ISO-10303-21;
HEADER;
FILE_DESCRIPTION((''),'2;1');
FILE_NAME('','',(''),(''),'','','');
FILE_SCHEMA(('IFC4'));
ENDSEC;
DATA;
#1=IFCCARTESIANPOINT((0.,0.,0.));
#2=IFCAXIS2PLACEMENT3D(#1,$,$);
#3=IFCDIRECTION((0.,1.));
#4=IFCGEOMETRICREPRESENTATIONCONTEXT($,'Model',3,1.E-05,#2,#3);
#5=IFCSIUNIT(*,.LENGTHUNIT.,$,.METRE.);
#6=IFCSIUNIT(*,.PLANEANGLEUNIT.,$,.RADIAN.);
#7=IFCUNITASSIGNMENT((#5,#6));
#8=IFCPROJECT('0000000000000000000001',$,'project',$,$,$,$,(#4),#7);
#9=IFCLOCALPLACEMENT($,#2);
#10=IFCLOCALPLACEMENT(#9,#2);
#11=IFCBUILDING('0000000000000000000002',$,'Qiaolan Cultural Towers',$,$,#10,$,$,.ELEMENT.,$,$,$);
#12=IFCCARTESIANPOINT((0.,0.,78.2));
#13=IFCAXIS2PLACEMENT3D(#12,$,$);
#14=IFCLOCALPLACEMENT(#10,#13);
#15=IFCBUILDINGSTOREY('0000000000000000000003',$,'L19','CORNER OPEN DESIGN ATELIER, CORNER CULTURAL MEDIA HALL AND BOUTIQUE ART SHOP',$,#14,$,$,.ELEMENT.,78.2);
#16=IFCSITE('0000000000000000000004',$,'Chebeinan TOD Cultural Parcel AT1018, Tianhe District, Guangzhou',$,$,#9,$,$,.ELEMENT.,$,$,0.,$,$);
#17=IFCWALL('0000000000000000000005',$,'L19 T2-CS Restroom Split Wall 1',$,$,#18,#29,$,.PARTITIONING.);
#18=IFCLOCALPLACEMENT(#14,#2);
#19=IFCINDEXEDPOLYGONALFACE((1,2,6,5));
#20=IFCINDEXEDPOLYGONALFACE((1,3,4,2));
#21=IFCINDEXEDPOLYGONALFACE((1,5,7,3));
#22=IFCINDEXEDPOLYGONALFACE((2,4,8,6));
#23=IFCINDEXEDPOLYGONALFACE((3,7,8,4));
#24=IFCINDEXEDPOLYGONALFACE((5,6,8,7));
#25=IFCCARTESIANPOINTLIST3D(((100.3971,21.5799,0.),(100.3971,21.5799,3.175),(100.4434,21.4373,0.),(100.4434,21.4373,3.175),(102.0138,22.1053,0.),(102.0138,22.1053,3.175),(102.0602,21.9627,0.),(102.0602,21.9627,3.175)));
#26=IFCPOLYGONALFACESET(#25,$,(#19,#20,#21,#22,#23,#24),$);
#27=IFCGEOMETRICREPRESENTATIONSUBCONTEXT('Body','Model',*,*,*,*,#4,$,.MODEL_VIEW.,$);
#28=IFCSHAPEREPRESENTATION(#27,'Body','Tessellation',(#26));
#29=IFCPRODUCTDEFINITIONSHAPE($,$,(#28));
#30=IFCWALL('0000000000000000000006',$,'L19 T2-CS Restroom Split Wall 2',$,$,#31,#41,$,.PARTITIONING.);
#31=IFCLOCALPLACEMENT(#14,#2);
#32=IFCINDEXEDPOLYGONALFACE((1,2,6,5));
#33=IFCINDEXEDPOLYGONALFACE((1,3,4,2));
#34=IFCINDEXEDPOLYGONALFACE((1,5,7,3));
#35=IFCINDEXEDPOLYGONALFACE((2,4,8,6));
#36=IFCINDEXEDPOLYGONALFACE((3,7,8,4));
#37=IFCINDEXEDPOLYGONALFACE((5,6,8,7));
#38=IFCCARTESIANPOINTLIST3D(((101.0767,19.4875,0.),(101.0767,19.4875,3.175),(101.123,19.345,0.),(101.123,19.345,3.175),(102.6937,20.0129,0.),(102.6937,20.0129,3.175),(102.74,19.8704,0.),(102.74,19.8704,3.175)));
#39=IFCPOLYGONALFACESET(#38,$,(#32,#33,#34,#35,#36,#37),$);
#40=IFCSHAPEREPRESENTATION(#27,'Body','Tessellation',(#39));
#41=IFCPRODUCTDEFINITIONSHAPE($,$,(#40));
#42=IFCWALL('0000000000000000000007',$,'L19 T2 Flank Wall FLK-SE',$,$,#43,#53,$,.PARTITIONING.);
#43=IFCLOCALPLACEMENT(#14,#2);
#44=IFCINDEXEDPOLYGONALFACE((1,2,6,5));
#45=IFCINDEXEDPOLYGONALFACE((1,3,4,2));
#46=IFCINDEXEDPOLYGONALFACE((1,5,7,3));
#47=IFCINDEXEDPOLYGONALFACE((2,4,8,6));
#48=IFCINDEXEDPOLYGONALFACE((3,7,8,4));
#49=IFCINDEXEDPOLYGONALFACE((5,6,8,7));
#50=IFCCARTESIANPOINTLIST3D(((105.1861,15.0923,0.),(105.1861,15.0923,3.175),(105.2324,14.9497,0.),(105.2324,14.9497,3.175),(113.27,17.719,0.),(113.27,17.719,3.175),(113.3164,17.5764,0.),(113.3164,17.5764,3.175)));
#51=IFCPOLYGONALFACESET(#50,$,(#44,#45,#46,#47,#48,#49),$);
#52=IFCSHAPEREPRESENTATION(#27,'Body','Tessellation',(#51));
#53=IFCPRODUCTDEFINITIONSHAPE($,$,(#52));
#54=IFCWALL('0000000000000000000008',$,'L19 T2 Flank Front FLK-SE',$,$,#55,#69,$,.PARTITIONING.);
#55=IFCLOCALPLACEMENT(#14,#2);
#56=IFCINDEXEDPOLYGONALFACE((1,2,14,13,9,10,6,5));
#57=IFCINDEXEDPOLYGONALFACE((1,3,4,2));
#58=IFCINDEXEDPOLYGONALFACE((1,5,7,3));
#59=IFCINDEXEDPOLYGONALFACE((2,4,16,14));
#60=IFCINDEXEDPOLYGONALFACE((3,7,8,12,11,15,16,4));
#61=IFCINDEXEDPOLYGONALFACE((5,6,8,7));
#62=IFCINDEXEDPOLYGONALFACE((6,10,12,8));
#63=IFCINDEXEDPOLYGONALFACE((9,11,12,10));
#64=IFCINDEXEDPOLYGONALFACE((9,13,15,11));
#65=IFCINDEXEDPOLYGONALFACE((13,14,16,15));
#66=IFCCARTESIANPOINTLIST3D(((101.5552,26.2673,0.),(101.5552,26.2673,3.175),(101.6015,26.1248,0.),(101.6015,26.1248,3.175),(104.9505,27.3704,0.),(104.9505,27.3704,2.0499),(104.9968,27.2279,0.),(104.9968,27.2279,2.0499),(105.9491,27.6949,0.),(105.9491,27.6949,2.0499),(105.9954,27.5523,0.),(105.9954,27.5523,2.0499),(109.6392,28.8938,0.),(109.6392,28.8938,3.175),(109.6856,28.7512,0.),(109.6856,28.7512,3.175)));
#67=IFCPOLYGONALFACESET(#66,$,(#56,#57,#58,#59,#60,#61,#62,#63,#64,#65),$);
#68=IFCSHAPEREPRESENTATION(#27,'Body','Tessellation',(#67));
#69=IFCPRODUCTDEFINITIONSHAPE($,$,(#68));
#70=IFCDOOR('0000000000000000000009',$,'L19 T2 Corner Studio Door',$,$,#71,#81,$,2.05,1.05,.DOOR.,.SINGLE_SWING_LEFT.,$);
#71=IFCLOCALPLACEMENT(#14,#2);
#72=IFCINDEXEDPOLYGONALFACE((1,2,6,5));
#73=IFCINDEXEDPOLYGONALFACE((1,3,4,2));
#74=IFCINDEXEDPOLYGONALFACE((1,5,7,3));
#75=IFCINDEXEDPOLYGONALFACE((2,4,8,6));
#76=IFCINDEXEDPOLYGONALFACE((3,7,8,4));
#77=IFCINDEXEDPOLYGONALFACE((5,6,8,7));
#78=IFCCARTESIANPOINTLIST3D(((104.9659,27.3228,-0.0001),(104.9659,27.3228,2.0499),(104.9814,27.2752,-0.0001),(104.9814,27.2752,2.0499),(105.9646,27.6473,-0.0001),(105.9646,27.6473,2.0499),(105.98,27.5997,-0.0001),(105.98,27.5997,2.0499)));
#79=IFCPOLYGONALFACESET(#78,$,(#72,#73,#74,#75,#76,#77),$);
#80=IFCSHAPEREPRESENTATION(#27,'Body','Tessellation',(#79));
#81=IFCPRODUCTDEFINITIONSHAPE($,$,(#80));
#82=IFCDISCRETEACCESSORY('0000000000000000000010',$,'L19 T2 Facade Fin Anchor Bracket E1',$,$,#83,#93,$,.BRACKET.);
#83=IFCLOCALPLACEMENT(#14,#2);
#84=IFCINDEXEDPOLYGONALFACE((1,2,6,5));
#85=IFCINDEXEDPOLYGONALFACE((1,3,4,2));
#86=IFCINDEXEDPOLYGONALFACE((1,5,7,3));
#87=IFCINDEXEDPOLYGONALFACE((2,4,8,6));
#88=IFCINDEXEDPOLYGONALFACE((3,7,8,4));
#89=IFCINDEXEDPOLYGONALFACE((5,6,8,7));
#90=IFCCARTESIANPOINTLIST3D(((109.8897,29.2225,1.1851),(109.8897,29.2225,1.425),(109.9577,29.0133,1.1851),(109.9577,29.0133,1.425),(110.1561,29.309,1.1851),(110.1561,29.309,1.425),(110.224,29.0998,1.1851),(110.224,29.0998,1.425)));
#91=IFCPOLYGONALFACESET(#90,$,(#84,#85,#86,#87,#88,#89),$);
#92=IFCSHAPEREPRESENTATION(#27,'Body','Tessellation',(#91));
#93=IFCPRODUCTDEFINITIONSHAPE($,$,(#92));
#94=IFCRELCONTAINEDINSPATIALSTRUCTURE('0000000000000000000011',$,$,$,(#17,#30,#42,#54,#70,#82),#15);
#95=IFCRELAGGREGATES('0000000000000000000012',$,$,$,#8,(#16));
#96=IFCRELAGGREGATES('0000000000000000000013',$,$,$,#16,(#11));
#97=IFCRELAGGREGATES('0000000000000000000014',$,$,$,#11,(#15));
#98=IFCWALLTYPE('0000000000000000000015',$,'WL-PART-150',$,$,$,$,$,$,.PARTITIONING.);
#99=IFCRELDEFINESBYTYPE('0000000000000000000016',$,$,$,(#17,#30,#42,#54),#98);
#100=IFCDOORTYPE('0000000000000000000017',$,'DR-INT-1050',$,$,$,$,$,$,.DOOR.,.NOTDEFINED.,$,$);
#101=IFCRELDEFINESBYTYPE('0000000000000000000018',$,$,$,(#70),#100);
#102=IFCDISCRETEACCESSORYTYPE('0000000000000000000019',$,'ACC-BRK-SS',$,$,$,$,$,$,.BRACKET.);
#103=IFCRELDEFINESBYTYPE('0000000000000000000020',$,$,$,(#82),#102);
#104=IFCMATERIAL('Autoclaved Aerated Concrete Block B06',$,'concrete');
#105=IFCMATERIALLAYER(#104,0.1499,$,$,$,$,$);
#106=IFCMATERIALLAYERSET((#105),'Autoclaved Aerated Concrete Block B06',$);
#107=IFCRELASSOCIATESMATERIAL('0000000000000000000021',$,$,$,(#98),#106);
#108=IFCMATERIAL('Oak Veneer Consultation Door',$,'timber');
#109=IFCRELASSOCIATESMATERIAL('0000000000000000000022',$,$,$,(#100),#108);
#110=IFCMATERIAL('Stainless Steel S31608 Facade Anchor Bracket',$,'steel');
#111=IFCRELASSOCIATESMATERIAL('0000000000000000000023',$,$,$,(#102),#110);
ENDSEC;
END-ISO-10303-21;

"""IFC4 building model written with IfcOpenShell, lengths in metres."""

from ifc_helpers import new_model, si_unit, direction, frame, frame_2d, origin, origin_2d, place, context, subcontext, project, spatial, rectangle, extrude, material, layer, layer_set, type_object, element, fill, save


model = new_model("IFC4")

# Units and contexts
model_context = context("Model", 3, precision=1e-05, world=origin(), true_north=direction((0.0, 1.0)))
body_context = subcontext(model_context, "Body", "Model", "MODEL_VIEW")
ifc_project = project(units=[si_unit("LENGTHUNIT", "METRE"), si_unit("PLANEANGLEUNIT", "RADIAN")], contexts=[model_context])

# Site, building, storey
site_placement = place(None, origin())
site = spatial("IfcSite", under=ifc_project, at=site_placement, Name="Chebeinan TOD Cultural Parcel AT1018, Tianhe District, Guangzhou", CompositionType="ELEMENT", RefElevation=0.0)
building_placement = place(site_placement, origin())
building = spatial("IfcBuilding", under=site, at=building_placement, Name="Qiaolan Cultural Towers", CompositionType="ELEMENT")
storey_placement = place(building_placement, frame((0.0, 0.0, 78.2)))
storey = spatial("IfcBuildingStorey", under=building, at=storey_placement, Name="L19", Description="CORNER OPEN DESIGN ATELIER, CORNER CULTURAL MEDIA HALL AND BOUTIQUE ART SHOP", CompositionType="ELEMENT", Elevation=78.2)

# Shared definitions
ifc_material_1 = material(Name="Autoclaved Aerated Concrete Block B06", Category="concrete")
ifc_layer_1 = layer(ifc_material_1, 0.1499)
ifc_layer_set_1 = layer_set([ifc_layer_1], Name="Autoclaved Aerated Concrete Block B06")
wall_type_1 = type_object("IfcWallType", Name="WL-PART-150", PredefinedType="PARTITIONING", material=ifc_layer_set_1)

# Walls
wall_1_placement = place(storey_placement, frame((100.4202, 21.5085, 0.0), z_axis=(0.0, 0.0, 1.0), x_axis=(0.95104, 0.309067, 0.0)))
element("IfcWall", 1, at=wall_1_placement, inside=storey, type_object=wall_type_1, Name="L19 T2-CS Restroom Split Wall 1", PredefinedType="PARTITIONING", context=body_context, shape_type="SweptSolid", body=[
    extrude(rectangle(XDim=1.7, YDim=0.1499, at=frame_2d((0.8501, 0.0))), origin(), (0.0, 0.0, 1.0), 3.175),
])
wall_2_placement = place(storey_placement, frame((101.0999, 19.4163, 0.0), z_axis=(0.0, 0.0, 1.0), x_axis=(0.951054, 0.309024, 0.0)))
element("IfcWall", 2, at=wall_2_placement, inside=storey, type_object=wall_type_1, Name="L19 T2-CS Restroom Split Wall 2", PredefinedType="PARTITIONING", context=body_context, shape_type="SweptSolid", body=[
    extrude(rectangle(XDim=1.7002, YDim=0.1499, at=frame_2d((0.8501, 0.0))), origin(), (0.0, 0.0, 1.0), 3.175),
])
wall_3_placement = place(storey_placement, frame((105.2092, 15.021, 0.0), z_axis=(0.0, 0.0, 1.0), x_axis=(0.951054, 0.309024, 0.0)))
element("IfcWall", 3, at=wall_3_placement, inside=storey, type_object=wall_type_1, Name="L19 T2 Flank Wall FLK-SE", PredefinedType="PARTITIONING", context=body_context, shape_type="SweptSolid", body=[
    extrude(rectangle(XDim=8.5, YDim=0.1499, at=frame_2d((4.25, 0.0))), origin(), (0.0, 0.0, 1.0), 3.175),
])

# Wall, opening, door
wall_4_placement = place(storey_placement, frame((101.5784, 26.196, 0.0), z_axis=(0.0, 0.0, 1.0), x_axis=(0.951063, 0.308998, 0.0)))
wall_4 = element("IfcWall", 4, at=wall_4_placement, inside=storey, type_object=wall_type_1, Name="L19 T2 Flank Front FLK-SE", PredefinedType="PARTITIONING", context=body_context, shape_type="SweptSolid", body=[
    extrude(rectangle(XDim=8.5, YDim=0.1499, at=frame_2d((4.25, 0.0))), origin(), (0.0, 0.0, 1.0), 3.175),
])
opening_1_placement = place(wall_4_placement, frame((3.5701, 0.0, 0.0)))
opening_1 = element("IfcOpeningElement", 5, at=opening_1_placement, cuts=wall_4, PredefinedType="OPENING", context=body_context, shape_type="SweptSolid", body=[
    extrude(rectangle(XDim=1.05, YDim=2.05, at=frame_2d((0.5249, 1.0249))), frame((0.0, 0.085, 0.0), z_axis=(0.0, -1.0, 0.0), x_axis=(1.0, 0.0, 0.0)), (0.0, 0.0, 1.0), 0.1699),
])
ifc_material_2 = material(Name="Oak Veneer Consultation Door", Category="timber")
door_type_1 = type_object("IfcDoorType", Name="DR-INT-1050", OperationType="NOTDEFINED", PredefinedType="DOOR", material=ifc_material_2)
door_1_placement = place(opening_1_placement, origin())
door_1 = element("IfcDoor", 6, at=door_1_placement, inside=storey, type_object=door_type_1, Name="L19 T2 Corner Studio Door", OperationType="SINGLE_SWING_LEFT", OverallHeight=2.05, OverallWidth=1.05, PredefinedType="DOOR", context=body_context, shape_type="SweptSolid", body=[
    extrude(rectangle(XDim=1.05, YDim=2.05, at=frame_2d((0.5249, 1.0249))), frame((0.0, 0.0249, 0.0), z_axis=(0.0, -1.0, 0.0), x_axis=(1.0, 0.0, 0.0)), (0.0, 0.0, 1.0), 0.05),
])
fill(opening_1, door_1)

# Discrete accessory
ifc_material_3 = material(Name="Stainless Steel S31608 Facade Anchor Bracket", Category="steel")
discrete_accessory_type = type_object("IfcDiscreteAccessoryType", Name="ACC-BRK-SS", PredefinedType="BRACKET", material=ifc_material_3)
discrete_accessory_placement = place(storey_placement, frame((110.0569, 29.1611, 1.1851), z_axis=(0.0, 0.0, 1.0), x_axis=(0.951057, 0.309017, 0.0)))
element("IfcDiscreteAccessory", 7, at=discrete_accessory_placement, inside=storey, type_object=discrete_accessory_type, Name="L19 T2 Facade Fin Anchor Bracket E1", PredefinedType="BRACKET", context=body_context, shape_type="SweptSolid", body=[
    extrude(rectangle(XDim=0.28, YDim=0.22, at=origin_2d()), origin(), (0.0, 0.0, 1.0), 0.24),
])

save(model, "model.ifc")
